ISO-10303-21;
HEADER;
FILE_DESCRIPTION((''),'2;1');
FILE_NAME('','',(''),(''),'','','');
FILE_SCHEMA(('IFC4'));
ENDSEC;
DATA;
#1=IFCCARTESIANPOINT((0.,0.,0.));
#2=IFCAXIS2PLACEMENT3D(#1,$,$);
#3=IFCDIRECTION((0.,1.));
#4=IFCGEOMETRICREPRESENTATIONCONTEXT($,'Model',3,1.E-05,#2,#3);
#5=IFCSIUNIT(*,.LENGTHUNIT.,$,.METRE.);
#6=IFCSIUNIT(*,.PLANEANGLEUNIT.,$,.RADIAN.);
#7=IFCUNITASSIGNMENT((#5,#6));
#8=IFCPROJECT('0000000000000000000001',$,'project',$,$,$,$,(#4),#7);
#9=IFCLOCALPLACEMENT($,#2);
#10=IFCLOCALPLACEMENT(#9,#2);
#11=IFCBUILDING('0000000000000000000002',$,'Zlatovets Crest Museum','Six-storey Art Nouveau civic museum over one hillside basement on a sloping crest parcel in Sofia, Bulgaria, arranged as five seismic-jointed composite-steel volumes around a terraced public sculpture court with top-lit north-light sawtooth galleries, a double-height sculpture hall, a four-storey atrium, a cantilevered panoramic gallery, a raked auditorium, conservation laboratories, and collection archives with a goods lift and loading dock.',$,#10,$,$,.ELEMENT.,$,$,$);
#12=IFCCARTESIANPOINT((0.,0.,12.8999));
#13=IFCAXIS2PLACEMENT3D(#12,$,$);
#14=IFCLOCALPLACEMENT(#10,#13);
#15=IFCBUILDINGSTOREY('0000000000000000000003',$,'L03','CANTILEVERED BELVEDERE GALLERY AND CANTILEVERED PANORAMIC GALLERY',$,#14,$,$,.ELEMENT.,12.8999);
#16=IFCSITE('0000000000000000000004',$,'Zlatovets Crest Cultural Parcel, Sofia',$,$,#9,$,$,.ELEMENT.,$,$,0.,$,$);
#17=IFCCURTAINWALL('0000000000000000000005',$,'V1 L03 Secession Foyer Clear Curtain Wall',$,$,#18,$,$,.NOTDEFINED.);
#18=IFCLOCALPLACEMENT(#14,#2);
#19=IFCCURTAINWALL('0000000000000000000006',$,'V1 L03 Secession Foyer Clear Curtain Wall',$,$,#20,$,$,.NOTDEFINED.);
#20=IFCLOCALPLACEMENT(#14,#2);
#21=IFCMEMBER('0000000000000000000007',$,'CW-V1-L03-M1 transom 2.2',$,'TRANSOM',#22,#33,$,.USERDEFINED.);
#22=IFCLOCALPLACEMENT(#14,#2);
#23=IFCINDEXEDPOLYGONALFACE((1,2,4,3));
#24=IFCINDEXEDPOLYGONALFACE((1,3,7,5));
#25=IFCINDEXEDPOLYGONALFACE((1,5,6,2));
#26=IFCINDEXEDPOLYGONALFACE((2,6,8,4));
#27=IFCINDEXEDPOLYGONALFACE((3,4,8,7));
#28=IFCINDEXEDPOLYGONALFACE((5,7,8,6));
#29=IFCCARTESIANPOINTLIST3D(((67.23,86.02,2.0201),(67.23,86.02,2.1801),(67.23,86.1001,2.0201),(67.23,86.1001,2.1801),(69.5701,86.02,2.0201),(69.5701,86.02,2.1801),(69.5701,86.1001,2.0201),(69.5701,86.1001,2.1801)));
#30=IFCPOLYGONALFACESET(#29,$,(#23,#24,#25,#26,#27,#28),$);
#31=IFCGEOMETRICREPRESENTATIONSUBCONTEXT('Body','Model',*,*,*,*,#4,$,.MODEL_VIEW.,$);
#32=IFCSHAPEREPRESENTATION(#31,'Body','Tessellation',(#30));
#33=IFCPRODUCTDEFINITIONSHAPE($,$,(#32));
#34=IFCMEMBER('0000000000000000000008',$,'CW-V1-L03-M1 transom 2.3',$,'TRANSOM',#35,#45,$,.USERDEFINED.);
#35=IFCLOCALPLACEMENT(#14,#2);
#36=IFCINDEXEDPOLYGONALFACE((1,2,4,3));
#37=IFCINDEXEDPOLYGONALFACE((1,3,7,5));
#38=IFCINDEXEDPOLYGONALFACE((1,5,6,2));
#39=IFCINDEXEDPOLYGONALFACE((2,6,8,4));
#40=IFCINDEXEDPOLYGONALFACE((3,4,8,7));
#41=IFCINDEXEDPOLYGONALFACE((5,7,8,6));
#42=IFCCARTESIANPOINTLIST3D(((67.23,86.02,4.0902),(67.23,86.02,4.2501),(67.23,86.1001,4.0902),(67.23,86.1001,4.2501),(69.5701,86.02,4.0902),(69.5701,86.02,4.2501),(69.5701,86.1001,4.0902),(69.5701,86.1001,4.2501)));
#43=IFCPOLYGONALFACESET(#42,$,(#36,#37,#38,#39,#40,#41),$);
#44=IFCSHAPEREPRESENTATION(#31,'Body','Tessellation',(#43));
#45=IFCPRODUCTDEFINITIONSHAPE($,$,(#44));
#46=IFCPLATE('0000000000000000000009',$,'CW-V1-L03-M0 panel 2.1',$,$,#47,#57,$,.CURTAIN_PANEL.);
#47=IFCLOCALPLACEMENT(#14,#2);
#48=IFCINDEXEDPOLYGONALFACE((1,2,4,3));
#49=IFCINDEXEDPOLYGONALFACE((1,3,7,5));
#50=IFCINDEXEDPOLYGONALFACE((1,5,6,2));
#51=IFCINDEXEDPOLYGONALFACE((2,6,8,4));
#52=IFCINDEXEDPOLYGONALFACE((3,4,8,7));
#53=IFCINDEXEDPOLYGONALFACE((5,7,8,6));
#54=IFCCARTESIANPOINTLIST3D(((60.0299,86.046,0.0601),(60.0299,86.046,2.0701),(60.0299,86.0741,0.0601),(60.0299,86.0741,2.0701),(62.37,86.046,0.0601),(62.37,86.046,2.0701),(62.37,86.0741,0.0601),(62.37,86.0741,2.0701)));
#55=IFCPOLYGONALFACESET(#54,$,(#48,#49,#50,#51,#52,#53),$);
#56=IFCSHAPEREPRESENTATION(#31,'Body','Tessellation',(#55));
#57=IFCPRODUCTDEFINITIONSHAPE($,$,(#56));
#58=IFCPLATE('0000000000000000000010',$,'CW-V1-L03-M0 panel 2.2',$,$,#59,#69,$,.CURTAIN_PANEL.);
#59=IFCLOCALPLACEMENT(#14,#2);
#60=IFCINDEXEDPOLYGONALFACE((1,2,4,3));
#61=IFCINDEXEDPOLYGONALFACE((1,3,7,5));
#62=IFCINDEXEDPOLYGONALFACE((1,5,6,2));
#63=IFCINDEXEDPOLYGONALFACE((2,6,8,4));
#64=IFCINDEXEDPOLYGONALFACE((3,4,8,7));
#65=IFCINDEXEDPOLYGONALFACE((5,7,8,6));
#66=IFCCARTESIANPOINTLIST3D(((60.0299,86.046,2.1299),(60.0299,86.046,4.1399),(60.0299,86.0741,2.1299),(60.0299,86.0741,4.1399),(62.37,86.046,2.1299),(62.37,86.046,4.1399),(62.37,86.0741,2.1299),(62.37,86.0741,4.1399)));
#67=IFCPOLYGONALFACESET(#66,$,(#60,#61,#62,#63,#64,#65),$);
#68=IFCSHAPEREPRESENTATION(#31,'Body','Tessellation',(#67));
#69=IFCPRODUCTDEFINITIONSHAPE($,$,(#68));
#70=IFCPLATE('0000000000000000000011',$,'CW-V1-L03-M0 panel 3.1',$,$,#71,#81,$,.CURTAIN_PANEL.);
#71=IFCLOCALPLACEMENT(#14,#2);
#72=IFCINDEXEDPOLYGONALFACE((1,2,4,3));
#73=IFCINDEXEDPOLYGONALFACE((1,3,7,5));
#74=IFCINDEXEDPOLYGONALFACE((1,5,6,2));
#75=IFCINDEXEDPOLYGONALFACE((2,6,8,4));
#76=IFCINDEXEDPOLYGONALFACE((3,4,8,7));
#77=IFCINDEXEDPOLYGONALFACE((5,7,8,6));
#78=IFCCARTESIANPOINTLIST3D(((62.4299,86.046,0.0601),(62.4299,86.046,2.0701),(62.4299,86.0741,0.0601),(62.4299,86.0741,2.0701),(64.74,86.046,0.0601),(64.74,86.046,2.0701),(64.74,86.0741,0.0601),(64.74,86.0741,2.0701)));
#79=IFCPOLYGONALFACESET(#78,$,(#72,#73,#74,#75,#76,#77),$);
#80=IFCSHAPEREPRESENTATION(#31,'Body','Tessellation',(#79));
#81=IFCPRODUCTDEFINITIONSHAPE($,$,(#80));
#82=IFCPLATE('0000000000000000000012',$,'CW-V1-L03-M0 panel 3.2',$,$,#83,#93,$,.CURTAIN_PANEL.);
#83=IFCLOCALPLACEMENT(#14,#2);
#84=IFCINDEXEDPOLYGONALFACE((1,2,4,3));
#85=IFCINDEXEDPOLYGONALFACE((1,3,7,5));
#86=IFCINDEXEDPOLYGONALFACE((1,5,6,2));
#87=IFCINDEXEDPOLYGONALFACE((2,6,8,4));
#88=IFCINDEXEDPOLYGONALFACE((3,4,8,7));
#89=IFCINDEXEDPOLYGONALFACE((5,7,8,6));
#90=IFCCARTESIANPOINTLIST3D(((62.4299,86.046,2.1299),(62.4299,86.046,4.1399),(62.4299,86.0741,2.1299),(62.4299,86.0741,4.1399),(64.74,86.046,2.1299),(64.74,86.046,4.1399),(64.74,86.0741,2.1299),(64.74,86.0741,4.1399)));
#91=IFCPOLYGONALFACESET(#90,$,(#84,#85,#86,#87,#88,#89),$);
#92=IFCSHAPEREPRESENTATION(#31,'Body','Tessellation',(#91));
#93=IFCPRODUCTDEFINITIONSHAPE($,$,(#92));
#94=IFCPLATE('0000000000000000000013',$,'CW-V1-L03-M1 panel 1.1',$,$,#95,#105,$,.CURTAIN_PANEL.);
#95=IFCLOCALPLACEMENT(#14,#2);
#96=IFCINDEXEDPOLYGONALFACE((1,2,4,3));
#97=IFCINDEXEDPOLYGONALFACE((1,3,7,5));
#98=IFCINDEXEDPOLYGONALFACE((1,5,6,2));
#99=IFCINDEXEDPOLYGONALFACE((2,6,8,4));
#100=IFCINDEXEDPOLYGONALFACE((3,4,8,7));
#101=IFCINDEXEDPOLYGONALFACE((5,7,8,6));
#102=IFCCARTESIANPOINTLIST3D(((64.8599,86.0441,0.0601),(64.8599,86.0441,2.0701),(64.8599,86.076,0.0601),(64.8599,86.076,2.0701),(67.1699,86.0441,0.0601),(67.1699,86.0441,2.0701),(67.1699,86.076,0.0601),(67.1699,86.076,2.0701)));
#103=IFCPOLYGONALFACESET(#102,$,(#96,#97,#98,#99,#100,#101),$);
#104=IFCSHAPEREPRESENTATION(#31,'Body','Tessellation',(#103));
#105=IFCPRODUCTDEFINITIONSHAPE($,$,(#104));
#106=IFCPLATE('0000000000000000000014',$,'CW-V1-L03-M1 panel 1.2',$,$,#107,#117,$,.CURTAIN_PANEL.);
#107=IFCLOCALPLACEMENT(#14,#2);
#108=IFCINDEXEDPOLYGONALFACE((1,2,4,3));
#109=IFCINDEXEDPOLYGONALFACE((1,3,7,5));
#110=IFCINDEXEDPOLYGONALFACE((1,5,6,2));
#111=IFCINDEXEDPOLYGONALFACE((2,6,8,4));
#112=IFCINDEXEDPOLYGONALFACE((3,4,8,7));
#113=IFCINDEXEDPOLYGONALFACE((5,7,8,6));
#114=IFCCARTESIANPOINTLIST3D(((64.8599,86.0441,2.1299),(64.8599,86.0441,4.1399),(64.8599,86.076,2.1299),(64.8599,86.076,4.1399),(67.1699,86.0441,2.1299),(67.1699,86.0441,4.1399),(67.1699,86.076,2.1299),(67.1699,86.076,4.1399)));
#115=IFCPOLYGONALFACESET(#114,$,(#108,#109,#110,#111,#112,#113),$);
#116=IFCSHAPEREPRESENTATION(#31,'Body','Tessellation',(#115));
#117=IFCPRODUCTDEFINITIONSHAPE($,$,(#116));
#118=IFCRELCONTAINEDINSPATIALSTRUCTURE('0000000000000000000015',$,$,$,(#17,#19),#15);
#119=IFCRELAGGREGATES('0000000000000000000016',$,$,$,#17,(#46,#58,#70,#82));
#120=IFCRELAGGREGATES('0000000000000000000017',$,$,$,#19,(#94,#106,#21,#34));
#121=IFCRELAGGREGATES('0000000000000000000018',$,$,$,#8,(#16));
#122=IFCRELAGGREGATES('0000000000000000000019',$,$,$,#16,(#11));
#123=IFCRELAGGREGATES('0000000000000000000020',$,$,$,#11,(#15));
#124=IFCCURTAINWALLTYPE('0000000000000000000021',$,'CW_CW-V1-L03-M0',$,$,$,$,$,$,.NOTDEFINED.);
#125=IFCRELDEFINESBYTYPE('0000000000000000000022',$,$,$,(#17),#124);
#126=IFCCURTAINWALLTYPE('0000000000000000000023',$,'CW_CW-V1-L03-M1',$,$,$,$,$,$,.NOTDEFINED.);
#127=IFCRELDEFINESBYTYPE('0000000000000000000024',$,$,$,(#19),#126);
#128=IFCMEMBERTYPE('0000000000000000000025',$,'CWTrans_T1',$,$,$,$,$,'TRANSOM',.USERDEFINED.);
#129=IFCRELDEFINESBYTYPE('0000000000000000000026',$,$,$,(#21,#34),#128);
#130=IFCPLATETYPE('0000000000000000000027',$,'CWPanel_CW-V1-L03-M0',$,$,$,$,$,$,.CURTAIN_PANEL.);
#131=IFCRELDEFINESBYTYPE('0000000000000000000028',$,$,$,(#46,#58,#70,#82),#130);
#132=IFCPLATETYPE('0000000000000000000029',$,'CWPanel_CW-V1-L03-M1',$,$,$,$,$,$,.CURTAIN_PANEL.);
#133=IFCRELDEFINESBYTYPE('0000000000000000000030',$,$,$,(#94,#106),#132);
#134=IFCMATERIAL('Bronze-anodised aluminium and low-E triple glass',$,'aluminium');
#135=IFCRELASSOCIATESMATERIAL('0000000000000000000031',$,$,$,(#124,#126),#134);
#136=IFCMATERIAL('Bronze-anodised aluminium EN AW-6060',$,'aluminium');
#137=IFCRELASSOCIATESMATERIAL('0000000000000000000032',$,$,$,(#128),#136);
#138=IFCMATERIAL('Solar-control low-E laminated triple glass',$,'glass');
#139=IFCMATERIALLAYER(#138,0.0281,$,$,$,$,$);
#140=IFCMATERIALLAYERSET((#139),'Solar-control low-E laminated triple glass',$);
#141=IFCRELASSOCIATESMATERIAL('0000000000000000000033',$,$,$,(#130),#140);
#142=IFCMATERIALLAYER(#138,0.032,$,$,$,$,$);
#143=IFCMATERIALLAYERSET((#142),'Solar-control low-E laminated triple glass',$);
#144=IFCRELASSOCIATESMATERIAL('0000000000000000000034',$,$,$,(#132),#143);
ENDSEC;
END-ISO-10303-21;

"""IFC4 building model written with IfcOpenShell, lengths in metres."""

from ifc_helpers import new_model, si_unit, direction, frame, origin, origin_2d, place, context, subcontext, project, spatial, rectangle, extrude, material, layer, layer_set, material_profile, profile_set, type_object, element, aggregate, save


model = new_model("IFC4")

# Units and contexts
model_context = context("Model", 3, precision=1e-05, world=origin(), true_north=direction((0.0, 1.0)))
body_context = subcontext(model_context, "Body", "Model", "MODEL_VIEW")
ifc_project = project(units=[si_unit("LENGTHUNIT", "METRE"), si_unit("PLANEANGLEUNIT", "RADIAN")], contexts=[model_context])

# Site, building, storey
site_placement = place(None, origin())
site = spatial("IfcSite", under=ifc_project, at=site_placement, Name="Zlatovets Crest Cultural Parcel, Sofia", CompositionType="ELEMENT", RefElevation=0.0)
building_placement = place(site_placement, origin())
building = spatial("IfcBuilding", under=site, at=building_placement, Name="Zlatovets Crest Museum", Description="Six-storey Art Nouveau civic museum over one hillside basement on a sloping crest parcel in Sofia, Bulgaria, arranged as five seismic-jointed composite-steel volumes around a terraced public sculpture court with top-lit north-light sawtooth galleries, a double-height sculpture hall, a four-storey atrium, a cantilevered panoramic gallery, a raked auditorium, conservation laboratories, and collection archives with a goods lift and loading dock.", CompositionType="ELEMENT")
storey_placement = place(building_placement, frame((0.0, 0.0, 12.8999)))
storey = spatial("IfcBuildingStorey", under=building, at=storey_placement, Name="L03", Description="CANTILEVERED BELVEDERE GALLERY AND CANTILEVERED PANORAMIC GALLERY", CompositionType="ELEMENT", Elevation=12.8999)

# Curtain walls
ifc_material_1 = material(Name="Bronze-anodised aluminium and low-E triple glass", Category="aluminium")
curtain_wall_type_1 = type_object("IfcCurtainWallType", Name="CW_CW-V1-L03-M0", PredefinedType="NOTDEFINED", material=ifc_material_1)
curtain_wall_1_placement = place(storey_placement, origin())
curtain_wall_1 = element("IfcCurtainWall", 1, at=curtain_wall_1_placement, inside=storey, type_object=curtain_wall_type_1, Name="V1 L03 Secession Foyer Clear Curtain Wall", PredefinedType="NOTDEFINED")
ifc_material_2 = material(Name="Bronze-anodised aluminium EN AW-6060", Category="aluminium")
curtain_wall_type_2 = type_object("IfcCurtainWallType", Name="CW_CW-V1-L03-M1", PredefinedType="NOTDEFINED", material=ifc_material_1)
curtain_wall_2_placement = place(storey_placement, origin())
curtain_wall_2 = element("IfcCurtainWall", 2, at=curtain_wall_2_placement, inside=storey, type_object=curtain_wall_type_2, Name="V1 L03 Secession Foyer Clear Curtain Wall", PredefinedType="NOTDEFINED")

# Members
ifc_material_profile_1 = material_profile(ifc_material_2, rectangle(XDim=0.0801, YDim=0.1599, at=origin_2d()), Name="ALU 80x160")
ifc_profile_set_1 = profile_set([ifc_material_profile_1], Name="Bronze-anodised aluminium EN AW-6060")
member_type_1 = type_object("IfcMemberType", Name="CWTrans_T1", ElementType="TRANSOM", PredefinedType="USERDEFINED", material=ifc_profile_set_1)
member_1_placement = place(storey_placement, frame((67.23, 86.0601, 2.1001), z_axis=(1.0, 0.0, 0.0), x_axis=(0.0, 1.0, 0.0)))
member_1 = element("IfcMember", 3, at=member_1_placement, type_object=member_type_1, Name="CW-V1-L03-M1 transom 2.2", ObjectType="TRANSOM", PredefinedType="USERDEFINED", context=body_context, shape_type="SweptSolid", body=[
    extrude(rectangle(XDim=0.0801, YDim=0.1599, at=origin_2d()), origin(), (0.0, 0.0, 1.0), 2.3401),
])
member_2_placement = place(storey_placement, frame((67.23, 86.0601, 4.1702), z_axis=(1.0, 0.0, 0.0), x_axis=(0.0, 1.0, 0.0)))
member_2 = element("IfcMember", 4, at=member_2_placement, type_object=member_type_1, Name="CW-V1-L03-M1 transom 2.3", ObjectType="TRANSOM", PredefinedType="USERDEFINED", context=body_context, shape_type="SweptSolid", body=[
    extrude(rectangle(XDim=0.0801, YDim=0.1599, at=origin_2d()), origin(), (0.0, 0.0, 1.0), 2.3401),
])

# Plates
ifc_material_3 = material(Name="Solar-control low-E laminated triple glass", Category="glass")
ifc_layer_1 = layer(ifc_material_3, 0.0281)
ifc_layer_set_1 = layer_set([ifc_layer_1], Name="Solar-control low-E laminated triple glass")
plate_type_1 = type_object("IfcPlateType", Name="CWPanel_CW-V1-L03-M0", PredefinedType="CURTAIN_PANEL", material=ifc_layer_set_1)
plate_1_placement = place(storey_placement, frame((61.2, 86.0601, 0.0601), z_axis=(0.0, 0.0, 1.0), x_axis=(1.0, 0.0, 0.0)))
plate_1 = element("IfcPlate", 5, at=plate_1_placement, type_object=plate_type_1, Name="CW-V1-L03-M0 panel 2.1", PredefinedType="CURTAIN_PANEL", context=body_context, shape_type="SweptSolid", body=[
    extrude(rectangle(XDim=2.3401, YDim=0.0281, at=origin_2d()), origin(), (0.0, 0.0, 1.0), 2.01),
])
plate_2_placement = place(storey_placement, frame((61.2, 86.0601, 2.1299), z_axis=(0.0, 0.0, 1.0), x_axis=(1.0, 0.0, 0.0)))
plate_2 = element("IfcPlate", 6, at=plate_2_placement, type_object=plate_type_1, Name="CW-V1-L03-M0 panel 2.2", PredefinedType="CURTAIN_PANEL", context=body_context, shape_type="SweptSolid", body=[
    extrude(rectangle(XDim=2.3401, YDim=0.0281, at=origin_2d()), origin(), (0.0, 0.0, 1.0), 2.01),
])
plate_3_placement = place(storey_placement, frame((63.585, 86.0601, 0.0601), z_axis=(0.0, 0.0, 1.0), x_axis=(1.0, 0.0, 0.0)))
plate_3 = element("IfcPlate", 7, at=plate_3_placement, type_object=plate_type_1, Name="CW-V1-L03-M0 panel 3.1", PredefinedType="CURTAIN_PANEL", context=body_context, shape_type="SweptSolid", body=[
    extrude(rectangle(XDim=2.3101, YDim=0.0281, at=origin_2d()), origin(), (0.0, 0.0, 1.0), 2.01),
])
plate_4_placement = place(storey_placement, frame((63.585, 86.0601, 2.1299), z_axis=(0.0, 0.0, 1.0), x_axis=(1.0, 0.0, 0.0)))
plate_4 = element("IfcPlate", 8, at=plate_4_placement, type_object=plate_type_1, Name="CW-V1-L03-M0 panel 3.2", PredefinedType="CURTAIN_PANEL", context=body_context, shape_type="SweptSolid", body=[
    extrude(rectangle(XDim=2.3101, YDim=0.0281, at=origin_2d()), origin(), (0.0, 0.0, 1.0), 2.01),
])
aggregate(curtain_wall_1, [plate_1, plate_2, plate_3, plate_4])
ifc_layer_2 = layer(ifc_material_3, 0.032)
ifc_layer_set_2 = layer_set([ifc_layer_2], Name="Solar-control low-E laminated triple glass")
plate_type_2 = type_object("IfcPlateType", Name="CWPanel_CW-V1-L03-M1", PredefinedType="CURTAIN_PANEL", material=ifc_layer_set_2)
plate_5_placement = place(storey_placement, frame((66.0149, 86.0601, 0.0601), z_axis=(0.0, 0.0, 1.0), x_axis=(1.0, 0.0, 0.0)))
plate_5 = element("IfcPlate", 9, at=plate_5_placement, type_object=plate_type_2, Name="CW-V1-L03-M1 panel 1.1", PredefinedType="CURTAIN_PANEL", context=body_context, shape_type="SweptSolid", body=[
    extrude(rectangle(XDim=2.3101, YDim=0.032, at=origin_2d()), origin(), (0.0, 0.0, 1.0), 2.01),
])
plate_6_placement = place(storey_placement, frame((66.0149, 86.0601, 2.1299), z_axis=(0.0, 0.0, 1.0), x_axis=(1.0, 0.0, 0.0)))
plate_6 = element("IfcPlate", 10, at=plate_6_placement, type_object=plate_type_2, Name="CW-V1-L03-M1 panel 1.2", PredefinedType="CURTAIN_PANEL", context=body_context, shape_type="SweptSolid", body=[
    extrude(rectangle(XDim=2.3101, YDim=0.032, at=origin_2d()), origin(), (0.0, 0.0, 1.0), 2.01),
])
aggregate(curtain_wall_2, [plate_5, plate_6, member_1, member_2])

save(model, "model.ifc")
